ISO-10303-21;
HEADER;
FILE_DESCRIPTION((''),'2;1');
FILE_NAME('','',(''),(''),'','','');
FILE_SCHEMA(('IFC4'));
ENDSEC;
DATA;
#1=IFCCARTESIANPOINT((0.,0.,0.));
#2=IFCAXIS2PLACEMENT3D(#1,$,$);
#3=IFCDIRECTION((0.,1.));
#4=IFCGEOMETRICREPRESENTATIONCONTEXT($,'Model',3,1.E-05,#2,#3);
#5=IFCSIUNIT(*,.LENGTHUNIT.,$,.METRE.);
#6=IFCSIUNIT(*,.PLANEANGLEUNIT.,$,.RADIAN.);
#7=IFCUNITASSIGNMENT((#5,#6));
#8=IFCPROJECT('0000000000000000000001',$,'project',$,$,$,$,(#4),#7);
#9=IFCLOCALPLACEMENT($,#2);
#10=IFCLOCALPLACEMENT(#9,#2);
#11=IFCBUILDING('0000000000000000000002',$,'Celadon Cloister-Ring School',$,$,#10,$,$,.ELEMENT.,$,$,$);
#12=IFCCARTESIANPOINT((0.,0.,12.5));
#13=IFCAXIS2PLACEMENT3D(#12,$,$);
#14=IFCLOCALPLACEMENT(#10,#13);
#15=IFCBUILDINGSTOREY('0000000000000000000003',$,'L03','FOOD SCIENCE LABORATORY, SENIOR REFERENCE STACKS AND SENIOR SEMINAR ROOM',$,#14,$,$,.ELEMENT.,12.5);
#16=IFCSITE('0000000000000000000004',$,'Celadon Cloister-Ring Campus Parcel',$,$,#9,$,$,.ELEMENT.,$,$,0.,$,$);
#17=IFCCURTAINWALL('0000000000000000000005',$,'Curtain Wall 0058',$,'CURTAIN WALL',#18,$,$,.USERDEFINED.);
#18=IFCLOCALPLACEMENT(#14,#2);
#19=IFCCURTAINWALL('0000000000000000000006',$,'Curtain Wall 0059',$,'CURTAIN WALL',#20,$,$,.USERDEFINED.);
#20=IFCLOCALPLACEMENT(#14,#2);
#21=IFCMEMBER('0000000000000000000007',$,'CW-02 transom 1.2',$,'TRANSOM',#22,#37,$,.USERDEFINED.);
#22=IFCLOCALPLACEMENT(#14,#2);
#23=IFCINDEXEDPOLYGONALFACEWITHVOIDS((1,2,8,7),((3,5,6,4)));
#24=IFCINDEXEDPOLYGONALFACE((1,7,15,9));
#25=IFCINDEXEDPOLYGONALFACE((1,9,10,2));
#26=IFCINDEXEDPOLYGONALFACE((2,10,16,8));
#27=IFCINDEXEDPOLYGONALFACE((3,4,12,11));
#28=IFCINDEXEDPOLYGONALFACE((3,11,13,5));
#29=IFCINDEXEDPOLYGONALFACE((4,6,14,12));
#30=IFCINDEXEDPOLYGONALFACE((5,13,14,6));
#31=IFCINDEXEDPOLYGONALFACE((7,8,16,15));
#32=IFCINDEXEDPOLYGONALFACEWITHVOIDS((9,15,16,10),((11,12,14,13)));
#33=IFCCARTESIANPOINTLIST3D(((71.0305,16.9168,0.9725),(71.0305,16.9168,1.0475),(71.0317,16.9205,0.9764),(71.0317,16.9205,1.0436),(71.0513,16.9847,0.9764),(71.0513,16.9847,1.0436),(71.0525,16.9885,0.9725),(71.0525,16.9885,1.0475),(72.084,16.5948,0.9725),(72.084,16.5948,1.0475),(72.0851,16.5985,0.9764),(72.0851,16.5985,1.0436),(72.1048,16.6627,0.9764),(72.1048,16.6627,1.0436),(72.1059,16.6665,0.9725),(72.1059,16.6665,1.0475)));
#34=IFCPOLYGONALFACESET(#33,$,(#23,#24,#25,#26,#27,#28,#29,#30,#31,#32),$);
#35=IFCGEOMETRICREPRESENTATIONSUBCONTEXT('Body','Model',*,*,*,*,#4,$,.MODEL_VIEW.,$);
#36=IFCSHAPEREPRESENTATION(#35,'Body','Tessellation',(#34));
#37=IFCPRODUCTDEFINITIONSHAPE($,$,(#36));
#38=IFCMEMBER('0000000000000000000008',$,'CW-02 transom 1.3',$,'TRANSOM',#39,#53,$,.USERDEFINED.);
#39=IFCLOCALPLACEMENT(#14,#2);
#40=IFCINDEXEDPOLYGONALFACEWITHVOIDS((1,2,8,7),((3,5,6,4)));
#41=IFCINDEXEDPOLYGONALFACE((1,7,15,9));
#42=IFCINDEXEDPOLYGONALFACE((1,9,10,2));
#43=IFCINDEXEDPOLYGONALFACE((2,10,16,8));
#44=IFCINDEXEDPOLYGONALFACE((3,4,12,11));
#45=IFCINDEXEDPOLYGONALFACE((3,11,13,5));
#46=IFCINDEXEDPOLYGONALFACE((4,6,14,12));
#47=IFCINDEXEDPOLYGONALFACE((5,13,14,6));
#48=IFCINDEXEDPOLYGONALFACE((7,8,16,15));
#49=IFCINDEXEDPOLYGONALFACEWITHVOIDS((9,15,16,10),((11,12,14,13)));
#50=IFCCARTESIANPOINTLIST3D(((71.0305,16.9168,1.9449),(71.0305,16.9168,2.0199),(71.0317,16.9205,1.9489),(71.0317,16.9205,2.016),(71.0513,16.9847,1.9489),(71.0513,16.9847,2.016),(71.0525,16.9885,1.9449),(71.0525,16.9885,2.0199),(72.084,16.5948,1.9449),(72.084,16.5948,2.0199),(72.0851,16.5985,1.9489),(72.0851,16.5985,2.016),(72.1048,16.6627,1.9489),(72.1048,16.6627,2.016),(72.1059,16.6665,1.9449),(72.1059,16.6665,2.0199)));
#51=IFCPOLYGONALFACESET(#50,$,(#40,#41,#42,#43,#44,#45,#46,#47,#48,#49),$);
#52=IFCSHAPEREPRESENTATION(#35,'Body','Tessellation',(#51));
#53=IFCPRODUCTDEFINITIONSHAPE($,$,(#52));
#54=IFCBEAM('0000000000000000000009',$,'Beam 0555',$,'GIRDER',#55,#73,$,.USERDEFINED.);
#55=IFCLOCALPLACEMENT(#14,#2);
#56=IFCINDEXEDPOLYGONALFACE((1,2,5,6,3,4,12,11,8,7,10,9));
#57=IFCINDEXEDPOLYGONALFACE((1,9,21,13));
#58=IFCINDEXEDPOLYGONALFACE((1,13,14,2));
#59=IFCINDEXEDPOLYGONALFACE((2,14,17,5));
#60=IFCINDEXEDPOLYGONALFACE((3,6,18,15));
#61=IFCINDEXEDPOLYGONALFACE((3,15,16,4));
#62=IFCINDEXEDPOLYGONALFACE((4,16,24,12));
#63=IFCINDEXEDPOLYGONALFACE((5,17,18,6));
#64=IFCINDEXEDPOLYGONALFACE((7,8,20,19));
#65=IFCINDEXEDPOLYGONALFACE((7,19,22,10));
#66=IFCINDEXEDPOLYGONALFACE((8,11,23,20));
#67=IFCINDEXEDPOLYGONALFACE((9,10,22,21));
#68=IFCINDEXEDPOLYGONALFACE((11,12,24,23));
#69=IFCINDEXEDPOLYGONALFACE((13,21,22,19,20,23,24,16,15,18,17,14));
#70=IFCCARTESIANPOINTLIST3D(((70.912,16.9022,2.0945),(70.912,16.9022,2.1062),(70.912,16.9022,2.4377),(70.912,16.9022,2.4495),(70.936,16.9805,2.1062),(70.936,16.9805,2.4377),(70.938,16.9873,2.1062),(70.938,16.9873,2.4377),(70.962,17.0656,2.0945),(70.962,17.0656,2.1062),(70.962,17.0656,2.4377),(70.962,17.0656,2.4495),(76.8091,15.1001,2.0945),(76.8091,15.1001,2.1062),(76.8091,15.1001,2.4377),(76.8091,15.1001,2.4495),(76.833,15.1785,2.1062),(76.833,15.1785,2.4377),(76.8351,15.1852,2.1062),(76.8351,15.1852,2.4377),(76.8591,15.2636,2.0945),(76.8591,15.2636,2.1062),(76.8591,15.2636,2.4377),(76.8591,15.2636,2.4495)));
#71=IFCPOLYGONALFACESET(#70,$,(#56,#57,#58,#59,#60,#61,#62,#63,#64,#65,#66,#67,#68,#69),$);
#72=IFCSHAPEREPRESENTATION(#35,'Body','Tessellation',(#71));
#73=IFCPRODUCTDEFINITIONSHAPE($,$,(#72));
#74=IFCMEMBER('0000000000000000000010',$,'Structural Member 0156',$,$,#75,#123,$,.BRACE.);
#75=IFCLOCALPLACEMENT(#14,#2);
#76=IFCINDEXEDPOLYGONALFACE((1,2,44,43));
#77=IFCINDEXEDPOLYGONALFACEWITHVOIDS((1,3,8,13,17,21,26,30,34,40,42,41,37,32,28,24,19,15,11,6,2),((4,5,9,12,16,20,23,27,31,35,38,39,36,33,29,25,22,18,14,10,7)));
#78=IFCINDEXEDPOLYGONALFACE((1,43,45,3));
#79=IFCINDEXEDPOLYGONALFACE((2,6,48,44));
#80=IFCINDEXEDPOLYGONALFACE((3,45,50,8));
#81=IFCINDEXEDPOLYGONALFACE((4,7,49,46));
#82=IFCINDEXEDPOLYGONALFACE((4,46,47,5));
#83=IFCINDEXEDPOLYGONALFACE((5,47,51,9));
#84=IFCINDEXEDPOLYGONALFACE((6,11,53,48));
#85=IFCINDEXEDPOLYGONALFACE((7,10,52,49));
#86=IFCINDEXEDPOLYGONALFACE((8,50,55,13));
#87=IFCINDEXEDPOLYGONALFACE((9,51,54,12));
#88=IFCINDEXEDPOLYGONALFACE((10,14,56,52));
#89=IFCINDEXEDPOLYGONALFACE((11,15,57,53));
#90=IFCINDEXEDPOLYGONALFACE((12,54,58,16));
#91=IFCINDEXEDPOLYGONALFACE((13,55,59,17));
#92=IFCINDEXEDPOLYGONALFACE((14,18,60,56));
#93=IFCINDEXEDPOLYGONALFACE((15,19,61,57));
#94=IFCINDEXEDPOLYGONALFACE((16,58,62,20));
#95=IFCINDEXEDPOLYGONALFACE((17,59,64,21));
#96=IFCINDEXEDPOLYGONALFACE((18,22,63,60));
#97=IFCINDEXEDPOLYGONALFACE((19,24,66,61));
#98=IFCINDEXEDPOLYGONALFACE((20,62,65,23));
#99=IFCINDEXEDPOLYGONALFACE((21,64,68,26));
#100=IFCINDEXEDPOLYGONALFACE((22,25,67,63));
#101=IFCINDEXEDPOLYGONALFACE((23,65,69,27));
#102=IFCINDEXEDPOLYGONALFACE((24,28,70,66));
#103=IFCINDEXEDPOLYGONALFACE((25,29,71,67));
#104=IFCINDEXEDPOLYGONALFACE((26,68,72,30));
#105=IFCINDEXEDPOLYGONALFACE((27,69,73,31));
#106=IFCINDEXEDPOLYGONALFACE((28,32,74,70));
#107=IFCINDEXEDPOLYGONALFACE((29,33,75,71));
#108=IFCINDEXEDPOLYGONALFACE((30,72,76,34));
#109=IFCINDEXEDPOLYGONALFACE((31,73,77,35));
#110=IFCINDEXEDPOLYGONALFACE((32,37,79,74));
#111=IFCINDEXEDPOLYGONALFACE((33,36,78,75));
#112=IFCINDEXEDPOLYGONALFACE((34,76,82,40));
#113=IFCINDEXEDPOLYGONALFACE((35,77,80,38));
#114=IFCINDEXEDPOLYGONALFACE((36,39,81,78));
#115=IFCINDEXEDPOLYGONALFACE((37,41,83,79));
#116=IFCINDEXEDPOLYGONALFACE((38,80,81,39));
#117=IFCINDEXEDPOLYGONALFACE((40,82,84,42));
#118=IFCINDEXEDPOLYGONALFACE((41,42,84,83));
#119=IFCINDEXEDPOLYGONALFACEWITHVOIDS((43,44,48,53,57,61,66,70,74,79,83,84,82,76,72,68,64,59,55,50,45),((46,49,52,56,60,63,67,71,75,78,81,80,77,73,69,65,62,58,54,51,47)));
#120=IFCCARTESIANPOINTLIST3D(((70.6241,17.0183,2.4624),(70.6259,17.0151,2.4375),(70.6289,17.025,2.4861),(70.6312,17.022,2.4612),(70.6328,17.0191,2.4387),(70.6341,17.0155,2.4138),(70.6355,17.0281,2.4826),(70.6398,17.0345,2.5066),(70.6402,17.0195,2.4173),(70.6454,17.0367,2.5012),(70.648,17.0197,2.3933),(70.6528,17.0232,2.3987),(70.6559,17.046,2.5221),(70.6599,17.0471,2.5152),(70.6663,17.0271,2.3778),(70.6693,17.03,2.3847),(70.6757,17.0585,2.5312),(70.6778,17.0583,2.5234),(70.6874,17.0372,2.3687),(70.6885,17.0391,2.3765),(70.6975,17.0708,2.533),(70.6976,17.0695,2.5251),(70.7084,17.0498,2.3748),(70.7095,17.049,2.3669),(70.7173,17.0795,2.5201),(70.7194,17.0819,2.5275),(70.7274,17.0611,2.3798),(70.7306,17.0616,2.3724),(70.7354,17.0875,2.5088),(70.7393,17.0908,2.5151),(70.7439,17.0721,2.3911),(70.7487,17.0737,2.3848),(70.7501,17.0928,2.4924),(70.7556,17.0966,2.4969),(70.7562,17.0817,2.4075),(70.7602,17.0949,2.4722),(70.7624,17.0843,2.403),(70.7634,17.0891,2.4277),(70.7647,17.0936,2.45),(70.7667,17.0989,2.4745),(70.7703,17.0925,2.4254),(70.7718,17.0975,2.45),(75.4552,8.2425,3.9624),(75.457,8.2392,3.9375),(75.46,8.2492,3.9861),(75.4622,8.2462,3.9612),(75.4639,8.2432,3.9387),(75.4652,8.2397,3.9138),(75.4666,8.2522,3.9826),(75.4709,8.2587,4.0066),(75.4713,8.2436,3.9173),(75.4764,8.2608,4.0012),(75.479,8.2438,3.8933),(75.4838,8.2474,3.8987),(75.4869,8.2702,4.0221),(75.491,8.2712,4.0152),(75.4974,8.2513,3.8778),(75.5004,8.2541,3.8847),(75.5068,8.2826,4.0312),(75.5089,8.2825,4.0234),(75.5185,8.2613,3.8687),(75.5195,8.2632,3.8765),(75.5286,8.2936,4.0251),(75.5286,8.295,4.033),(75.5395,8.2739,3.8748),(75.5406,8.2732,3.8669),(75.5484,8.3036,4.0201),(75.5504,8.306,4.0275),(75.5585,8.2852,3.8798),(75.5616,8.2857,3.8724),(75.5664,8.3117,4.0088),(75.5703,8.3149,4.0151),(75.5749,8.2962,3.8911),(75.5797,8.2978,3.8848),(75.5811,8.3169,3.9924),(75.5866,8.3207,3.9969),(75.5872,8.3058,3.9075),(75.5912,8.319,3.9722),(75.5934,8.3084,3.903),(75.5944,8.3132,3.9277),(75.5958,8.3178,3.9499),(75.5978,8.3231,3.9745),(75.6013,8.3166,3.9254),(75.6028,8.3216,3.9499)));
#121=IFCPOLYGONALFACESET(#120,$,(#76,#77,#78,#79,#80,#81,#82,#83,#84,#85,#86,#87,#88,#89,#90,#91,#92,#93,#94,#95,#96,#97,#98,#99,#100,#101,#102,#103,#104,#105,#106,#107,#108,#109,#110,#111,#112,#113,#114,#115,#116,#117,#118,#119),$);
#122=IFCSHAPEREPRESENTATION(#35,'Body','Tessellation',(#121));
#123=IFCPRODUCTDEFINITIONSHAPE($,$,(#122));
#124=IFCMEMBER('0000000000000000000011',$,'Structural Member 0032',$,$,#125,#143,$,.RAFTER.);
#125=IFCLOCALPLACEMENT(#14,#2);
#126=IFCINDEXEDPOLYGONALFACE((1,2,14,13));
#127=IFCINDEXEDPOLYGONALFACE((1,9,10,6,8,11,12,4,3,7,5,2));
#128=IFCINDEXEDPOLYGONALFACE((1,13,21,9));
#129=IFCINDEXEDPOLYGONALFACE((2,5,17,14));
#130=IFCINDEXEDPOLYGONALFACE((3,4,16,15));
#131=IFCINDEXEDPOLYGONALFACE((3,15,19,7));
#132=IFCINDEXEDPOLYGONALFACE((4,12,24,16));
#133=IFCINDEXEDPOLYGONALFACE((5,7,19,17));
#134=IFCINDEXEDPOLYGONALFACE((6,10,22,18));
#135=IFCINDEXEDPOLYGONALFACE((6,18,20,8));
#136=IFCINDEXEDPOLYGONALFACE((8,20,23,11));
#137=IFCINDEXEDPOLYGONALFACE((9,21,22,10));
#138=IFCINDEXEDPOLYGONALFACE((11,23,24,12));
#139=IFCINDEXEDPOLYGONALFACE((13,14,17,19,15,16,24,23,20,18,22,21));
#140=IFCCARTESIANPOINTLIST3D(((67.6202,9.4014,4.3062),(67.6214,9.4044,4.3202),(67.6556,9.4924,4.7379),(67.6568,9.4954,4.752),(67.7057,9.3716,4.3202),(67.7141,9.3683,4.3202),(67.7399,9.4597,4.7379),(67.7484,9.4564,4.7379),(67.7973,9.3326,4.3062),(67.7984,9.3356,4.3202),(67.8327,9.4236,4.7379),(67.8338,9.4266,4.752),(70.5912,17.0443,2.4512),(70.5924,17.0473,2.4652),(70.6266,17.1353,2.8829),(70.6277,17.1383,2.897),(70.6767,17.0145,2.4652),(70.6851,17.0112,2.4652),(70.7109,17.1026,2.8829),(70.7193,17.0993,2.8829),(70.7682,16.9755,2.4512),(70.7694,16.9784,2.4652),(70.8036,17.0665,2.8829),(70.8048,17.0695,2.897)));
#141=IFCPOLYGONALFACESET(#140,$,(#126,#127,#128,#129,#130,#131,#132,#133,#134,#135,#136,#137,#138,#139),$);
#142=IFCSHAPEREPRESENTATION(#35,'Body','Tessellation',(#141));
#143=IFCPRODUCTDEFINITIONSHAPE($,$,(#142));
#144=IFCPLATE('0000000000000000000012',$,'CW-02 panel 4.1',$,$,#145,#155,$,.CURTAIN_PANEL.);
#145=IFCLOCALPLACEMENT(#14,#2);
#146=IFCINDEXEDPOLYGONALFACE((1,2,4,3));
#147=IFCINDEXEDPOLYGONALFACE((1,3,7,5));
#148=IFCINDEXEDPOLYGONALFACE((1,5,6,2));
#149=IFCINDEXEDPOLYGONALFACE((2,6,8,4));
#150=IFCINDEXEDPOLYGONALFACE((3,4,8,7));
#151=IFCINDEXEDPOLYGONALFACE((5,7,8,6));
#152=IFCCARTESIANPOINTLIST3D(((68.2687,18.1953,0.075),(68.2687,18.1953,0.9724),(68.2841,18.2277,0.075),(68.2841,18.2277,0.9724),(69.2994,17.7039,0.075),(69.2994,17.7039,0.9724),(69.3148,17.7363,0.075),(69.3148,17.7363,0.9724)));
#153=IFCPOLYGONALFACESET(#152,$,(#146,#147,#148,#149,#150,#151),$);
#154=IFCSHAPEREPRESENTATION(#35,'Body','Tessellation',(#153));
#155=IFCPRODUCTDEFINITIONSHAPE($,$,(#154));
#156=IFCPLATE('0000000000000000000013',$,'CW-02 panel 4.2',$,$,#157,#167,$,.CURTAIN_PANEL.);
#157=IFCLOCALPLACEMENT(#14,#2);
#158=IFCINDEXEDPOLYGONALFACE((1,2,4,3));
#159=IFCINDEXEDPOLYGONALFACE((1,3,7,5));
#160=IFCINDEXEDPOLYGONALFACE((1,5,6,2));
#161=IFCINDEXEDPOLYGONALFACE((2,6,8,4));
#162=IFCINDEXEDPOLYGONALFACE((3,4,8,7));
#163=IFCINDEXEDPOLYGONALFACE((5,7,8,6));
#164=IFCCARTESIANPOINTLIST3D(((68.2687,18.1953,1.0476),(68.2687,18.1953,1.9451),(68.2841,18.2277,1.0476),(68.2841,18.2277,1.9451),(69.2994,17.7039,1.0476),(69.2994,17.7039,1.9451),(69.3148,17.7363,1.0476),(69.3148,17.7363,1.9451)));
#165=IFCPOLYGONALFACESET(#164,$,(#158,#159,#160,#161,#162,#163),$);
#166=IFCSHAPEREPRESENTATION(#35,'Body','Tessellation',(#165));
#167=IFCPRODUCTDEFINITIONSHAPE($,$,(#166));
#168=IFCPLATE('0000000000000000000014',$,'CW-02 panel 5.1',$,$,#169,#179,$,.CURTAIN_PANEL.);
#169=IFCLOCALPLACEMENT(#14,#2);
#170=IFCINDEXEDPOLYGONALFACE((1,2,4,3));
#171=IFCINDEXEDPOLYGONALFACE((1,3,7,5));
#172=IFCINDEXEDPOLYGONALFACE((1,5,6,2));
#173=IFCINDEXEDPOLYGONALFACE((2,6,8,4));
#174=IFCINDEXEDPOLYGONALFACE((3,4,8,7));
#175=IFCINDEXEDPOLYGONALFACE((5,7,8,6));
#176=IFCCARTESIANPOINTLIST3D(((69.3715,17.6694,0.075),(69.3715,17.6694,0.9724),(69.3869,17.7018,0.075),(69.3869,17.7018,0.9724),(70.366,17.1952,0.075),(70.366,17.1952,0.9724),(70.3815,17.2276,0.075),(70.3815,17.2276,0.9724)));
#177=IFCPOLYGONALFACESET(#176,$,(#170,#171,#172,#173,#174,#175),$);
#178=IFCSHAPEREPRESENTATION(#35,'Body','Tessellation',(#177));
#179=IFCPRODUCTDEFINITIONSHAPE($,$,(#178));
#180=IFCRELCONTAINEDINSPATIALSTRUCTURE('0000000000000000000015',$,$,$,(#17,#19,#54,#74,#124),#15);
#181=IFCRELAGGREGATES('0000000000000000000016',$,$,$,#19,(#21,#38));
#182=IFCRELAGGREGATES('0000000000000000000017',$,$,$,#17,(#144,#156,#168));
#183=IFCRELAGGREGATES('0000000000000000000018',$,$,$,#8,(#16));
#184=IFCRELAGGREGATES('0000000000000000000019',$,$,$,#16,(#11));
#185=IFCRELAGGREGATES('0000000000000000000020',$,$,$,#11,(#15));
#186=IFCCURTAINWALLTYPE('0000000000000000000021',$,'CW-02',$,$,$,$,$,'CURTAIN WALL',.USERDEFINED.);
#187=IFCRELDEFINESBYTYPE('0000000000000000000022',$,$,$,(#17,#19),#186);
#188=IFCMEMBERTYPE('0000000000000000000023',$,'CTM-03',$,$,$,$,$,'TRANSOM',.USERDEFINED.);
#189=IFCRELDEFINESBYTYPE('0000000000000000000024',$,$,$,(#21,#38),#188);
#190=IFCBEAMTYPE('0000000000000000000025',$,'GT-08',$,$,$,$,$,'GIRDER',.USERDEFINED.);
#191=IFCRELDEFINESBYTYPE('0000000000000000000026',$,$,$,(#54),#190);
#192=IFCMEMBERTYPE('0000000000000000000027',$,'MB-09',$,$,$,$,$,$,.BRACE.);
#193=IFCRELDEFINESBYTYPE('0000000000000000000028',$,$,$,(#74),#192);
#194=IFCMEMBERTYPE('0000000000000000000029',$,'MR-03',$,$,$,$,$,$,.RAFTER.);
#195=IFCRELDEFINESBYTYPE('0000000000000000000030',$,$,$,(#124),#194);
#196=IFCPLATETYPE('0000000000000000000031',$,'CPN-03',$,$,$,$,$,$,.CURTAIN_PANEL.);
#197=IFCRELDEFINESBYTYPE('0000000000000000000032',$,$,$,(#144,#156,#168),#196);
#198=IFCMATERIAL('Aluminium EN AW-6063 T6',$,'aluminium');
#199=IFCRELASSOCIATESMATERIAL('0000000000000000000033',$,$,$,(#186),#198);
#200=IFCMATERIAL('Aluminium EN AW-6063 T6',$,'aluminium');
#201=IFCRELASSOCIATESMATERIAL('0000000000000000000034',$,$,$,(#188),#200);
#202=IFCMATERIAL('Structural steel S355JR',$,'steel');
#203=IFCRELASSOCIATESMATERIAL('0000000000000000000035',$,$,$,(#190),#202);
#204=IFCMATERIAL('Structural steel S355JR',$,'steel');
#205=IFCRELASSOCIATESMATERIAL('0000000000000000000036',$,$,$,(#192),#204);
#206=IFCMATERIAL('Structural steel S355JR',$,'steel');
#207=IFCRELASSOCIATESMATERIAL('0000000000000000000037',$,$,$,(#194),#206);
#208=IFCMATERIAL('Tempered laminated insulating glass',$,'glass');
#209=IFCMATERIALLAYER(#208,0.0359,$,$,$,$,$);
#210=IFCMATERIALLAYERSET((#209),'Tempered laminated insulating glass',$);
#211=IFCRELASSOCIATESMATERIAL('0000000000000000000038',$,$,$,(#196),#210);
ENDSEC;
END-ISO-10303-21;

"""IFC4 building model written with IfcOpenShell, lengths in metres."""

from ifc_helpers import new_model, si_unit, direction, frame, origin, origin_2d, place, context, subcontext, project, spatial, rectangle, hollow_rectangle, hollow_circle, i_section, extrude, material, layer, layer_set, material_profile, profile_set, type_object, element, aggregate, save


model = new_model("IFC4")

# Units and contexts
model_context = context("Model", 3, precision=1e-05, world=origin(), true_north=direction((0.0, 1.0)))
body_context = subcontext(model_context, "Body", "Model", "MODEL_VIEW")
ifc_project = project(units=[si_unit("LENGTHUNIT", "METRE"), si_unit("PLANEANGLEUNIT", "RADIAN")], contexts=[model_context])

# Site, building, storey
site_placement = place(None, origin())
site = spatial("IfcSite", under=ifc_project, at=site_placement, Name="Celadon Cloister-Ring Campus Parcel", CompositionType="ELEMENT", RefElevation=0.0)
building_placement = place(site_placement, origin())
building = spatial("IfcBuilding", under=site, at=building_placement, Name="Celadon Cloister-Ring School", CompositionType="ELEMENT")
storey_placement = place(building_placement, frame((0.0, 0.0, 12.5)))
storey = spatial("IfcBuildingStorey", under=building, at=storey_placement, Name="L03", Description="FOOD SCIENCE LABORATORY, SENIOR REFERENCE STACKS AND SENIOR SEMINAR ROOM", CompositionType="ELEMENT", Elevation=12.5)

# Curtain wall
ifc_material_1 = material(Name="Aluminium EN AW-6063 T6", Category="aluminium")
curtain_wall_type = type_object("IfcCurtainWallType", Name="CW-02", ElementType="CURTAIN WALL", PredefinedType="USERDEFINED", material=ifc_material_1)
curtain_wall_1_placement = place(storey_placement, origin())
curtain_wall_1 = element("IfcCurtainWall", 1, at=curtain_wall_1_placement, inside=storey, type_object=curtain_wall_type, Name="Curtain Wall 0058", ObjectType="CURTAIN WALL", PredefinedType="USERDEFINED")

# Curtain wall
curtain_wall_2_placement = place(storey_placement, origin())
curtain_wall_2 = element("IfcCurtainWall", 2, at=curtain_wall_2_placement, inside=storey, type_object=curtain_wall_type, Name="Curtain Wall 0059", ObjectType="CURTAIN WALL", PredefinedType="USERDEFINED")

# Members
ifc_material_2 = material(Name="Aluminium EN AW-6063 T6", Category="aluminium")
ifc_material_profile_1 = material_profile(ifc_material_2, hollow_rectangle(XDim=0.075, YDim=0.075, WallThickness=0.0039, at=origin_2d()), Name="RHS75X75X4")
ifc_profile_set_1 = profile_set([ifc_material_profile_1], Name="Aluminium EN AW-6063 T6")
member_type_1 = type_object("IfcMemberType", Name="CTM-03", ElementType="TRANSOM", PredefinedType="USERDEFINED", material=ifc_profile_set_1)
member_1_placement = place(storey_placement, frame((71.0415, 16.9526, 1.01), z_axis=(0.956319, -0.292326, 0.0), x_axis=(0.292326, 0.956319, 0.0)))
member_1 = element("IfcMember", 3, at=member_1_placement, type_object=member_type_1, Name="CW-02 transom 1.2", ObjectType="TRANSOM", PredefinedType="USERDEFINED", context=body_context, shape_type="SweptSolid", body=[
    extrude(hollow_rectangle(XDim=0.075, YDim=0.075, WallThickness=0.0039, at=origin_2d()), origin(), (0.0, 0.0, 1.0), 1.1016),
])
member_2_placement = place(storey_placement, frame((71.0415, 16.9526, 1.9824), z_axis=(0.956319, -0.292326, 0.0), x_axis=(0.292326, 0.956319, 0.0)))
member_2 = element("IfcMember", 4, at=member_2_placement, type_object=member_type_1, Name="CW-02 transom 1.3", ObjectType="TRANSOM", PredefinedType="USERDEFINED", context=body_context, shape_type="SweptSolid", body=[
    extrude(hollow_rectangle(XDim=0.075, YDim=0.075, WallThickness=0.0039, at=origin_2d()), origin(), (0.0, 0.0, 1.0), 1.1016),
])
aggregate(curtain_wall_2, [member_1, member_2])

# Beam
ifc_material_3 = material(Name="Structural steel S355JR", Category="steel")
ifc_material_profile_2 = material_profile(ifc_material_3, i_section(OverallWidth=0.1709, OverallDepth=0.355, WebThickness=0.0071, FlangeThickness=0.0117, at=origin_2d()), Name="W360X51")
ifc_profile_set_2 = profile_set([ifc_material_profile_2], Name="Structural steel S355JR")
beam_type = type_object("IfcBeamType", Name="GT-08", ElementType="GIRDER", PredefinedType="USERDEFINED", material=ifc_profile_set_2)
beam_placement = place(storey_placement, frame((70.937, 16.9839, 2.272), z_axis=(0.956345, -0.292241, 0.0), x_axis=(0.292241, 0.956345, 0.0)))
element("IfcBeam", 5, at=beam_placement, inside=storey, type_object=beam_type, Name="Beam 0555", ObjectType="GIRDER", PredefinedType="USERDEFINED", context=body_context, shape_type="SweptSolid", body=[
    extrude(i_section(OverallWidth=0.1709, OverallDepth=0.355, WebThickness=0.0071, FlangeThickness=0.0117, at=origin_2d()), origin(), (0.0, 0.0, 1.0), 6.1663),
])

# Members
ifc_material_4 = material(Name="Structural steel S355JR", Category="steel")
ifc_material_profile_3 = material_profile(ifc_material_4, hollow_circle(Radius=0.0842, WallThickness=0.0081, at=origin_2d()), Name="CHS168.3X8")
ifc_profile_set_3 = profile_set([ifc_material_profile_3], Name="Structural steel S355JR")
member_type_2 = type_object("IfcMemberType", Name="MB-09", PredefinedType="BRACE", material=ifc_profile_set_3)
member_3_placement = place(storey_placement, frame((70.698, 17.0569, 2.45), z_axis=(0.476933, -0.866375, 0.148084), x_axis=(0.876034, 0.48225, 0.0)))
element("IfcMember", 6, at=member_3_placement, inside=storey, type_object=member_type_2, Name="Structural Member 0156", PredefinedType="BRACE", context=body_context, shape_type="SweptSolid", body=[
    extrude(hollow_circle(Radius=0.0842, WallThickness=0.0081, at=origin_2d()), origin(), (0.0, 0.0, 1.0), 10.1294),
])
ifc_material_5 = material(Name="Structural steel S355JR", Category="steel")
ifc_material_profile_4 = material_profile(ifc_material_5, i_section(OverallWidth=0.1899, OverallDepth=0.457, WebThickness=0.009, FlangeThickness=0.0144, at=origin_2d()), Name="W460X74")
ifc_profile_set_4 = profile_set([ifc_material_profile_4], Name="Structural steel S355JR")
member_type_3 = type_object("IfcMemberType", Name="MR-03", PredefinedType="RAFTER", material=ifc_profile_set_4)
member_4_placement = place(storey_placement, frame((70.698, 17.0569, 2.6741), z_axis=(-0.353383, -0.909086, 0.220643), x_axis=(0.932057, -0.362313, 0.0)))
element("IfcMember", 7, at=member_4_placement, inside=storey, type_object=member_type_3, Name="Structural Member 0032", PredefinedType="RAFTER", context=body_context, shape_type="SweptSolid", body=[
    extrude(i_section(OverallWidth=0.1899, OverallDepth=0.457, WebThickness=0.009, FlangeThickness=0.0144, at=origin_2d()), origin(), (0.0, 0.0, 1.0), 8.4072),
])

# Plates
ifc_material_6 = material(Name="Tempered laminated insulating glass", Category="glass")
ifc_layer_1 = layer(ifc_material_6, 0.0359)
ifc_layer_set_1 = layer_set([ifc_layer_1], Name="Tempered laminated insulating glass")
plate_type_1 = type_object("IfcPlateType", Name="CPN-03", PredefinedType="CURTAIN_PANEL", material=ifc_layer_set_1)
plate_1_placement = place(storey_placement, frame((68.7917, 17.9658, 0.075), z_axis=(0.0, 0.0, 1.0), x_axis=(0.902652, -0.430372, 0.0)))
plate_1 = element("IfcPlate", 8, at=plate_1_placement, type_object=plate_type_1, Name="CW-02 panel 4.1", PredefinedType="CURTAIN_PANEL", context=body_context, shape_type="SweptSolid", body=[
    extrude(rectangle(XDim=1.1418, YDim=0.0359, at=origin_2d()), origin(), (0.0, 0.0, 1.0), 0.8975),
])
plate_2_placement = place(storey_placement, frame((68.7917, 17.9658, 1.0476), z_axis=(0.0, 0.0, 1.0), x_axis=(0.902652, -0.430372, 0.0)))
plate_2 = element("IfcPlate", 9, at=plate_2_placement, type_object=plate_type_1, Name="CW-02 panel 4.2", PredefinedType="CURTAIN_PANEL", context=body_context, shape_type="SweptSolid", body=[
    extrude(rectangle(XDim=1.1418, YDim=0.0359, at=origin_2d()), origin(), (0.0, 0.0, 1.0), 0.8975),
])
plate_3_placement = place(storey_placement, frame((69.8765, 17.4485, 0.075), z_axis=(0.0, 0.0, 1.0), x_axis=(0.902652, -0.430372, 0.0)))
plate_3 = element("IfcPlate", 10, at=plate_3_placement, type_object=plate_type_1, Name="CW-02 panel 5.1", PredefinedType="CURTAIN_PANEL", context=body_context, shape_type="SweptSolid", body=[
    extrude(rectangle(XDim=1.1018, YDim=0.0359, at=origin_2d()), origin(), (0.0, 0.0, 1.0), 0.8975),
])
aggregate(curtain_wall_1, [plate_1, plate_2, plate_3])

save(model, "model.ifc")
